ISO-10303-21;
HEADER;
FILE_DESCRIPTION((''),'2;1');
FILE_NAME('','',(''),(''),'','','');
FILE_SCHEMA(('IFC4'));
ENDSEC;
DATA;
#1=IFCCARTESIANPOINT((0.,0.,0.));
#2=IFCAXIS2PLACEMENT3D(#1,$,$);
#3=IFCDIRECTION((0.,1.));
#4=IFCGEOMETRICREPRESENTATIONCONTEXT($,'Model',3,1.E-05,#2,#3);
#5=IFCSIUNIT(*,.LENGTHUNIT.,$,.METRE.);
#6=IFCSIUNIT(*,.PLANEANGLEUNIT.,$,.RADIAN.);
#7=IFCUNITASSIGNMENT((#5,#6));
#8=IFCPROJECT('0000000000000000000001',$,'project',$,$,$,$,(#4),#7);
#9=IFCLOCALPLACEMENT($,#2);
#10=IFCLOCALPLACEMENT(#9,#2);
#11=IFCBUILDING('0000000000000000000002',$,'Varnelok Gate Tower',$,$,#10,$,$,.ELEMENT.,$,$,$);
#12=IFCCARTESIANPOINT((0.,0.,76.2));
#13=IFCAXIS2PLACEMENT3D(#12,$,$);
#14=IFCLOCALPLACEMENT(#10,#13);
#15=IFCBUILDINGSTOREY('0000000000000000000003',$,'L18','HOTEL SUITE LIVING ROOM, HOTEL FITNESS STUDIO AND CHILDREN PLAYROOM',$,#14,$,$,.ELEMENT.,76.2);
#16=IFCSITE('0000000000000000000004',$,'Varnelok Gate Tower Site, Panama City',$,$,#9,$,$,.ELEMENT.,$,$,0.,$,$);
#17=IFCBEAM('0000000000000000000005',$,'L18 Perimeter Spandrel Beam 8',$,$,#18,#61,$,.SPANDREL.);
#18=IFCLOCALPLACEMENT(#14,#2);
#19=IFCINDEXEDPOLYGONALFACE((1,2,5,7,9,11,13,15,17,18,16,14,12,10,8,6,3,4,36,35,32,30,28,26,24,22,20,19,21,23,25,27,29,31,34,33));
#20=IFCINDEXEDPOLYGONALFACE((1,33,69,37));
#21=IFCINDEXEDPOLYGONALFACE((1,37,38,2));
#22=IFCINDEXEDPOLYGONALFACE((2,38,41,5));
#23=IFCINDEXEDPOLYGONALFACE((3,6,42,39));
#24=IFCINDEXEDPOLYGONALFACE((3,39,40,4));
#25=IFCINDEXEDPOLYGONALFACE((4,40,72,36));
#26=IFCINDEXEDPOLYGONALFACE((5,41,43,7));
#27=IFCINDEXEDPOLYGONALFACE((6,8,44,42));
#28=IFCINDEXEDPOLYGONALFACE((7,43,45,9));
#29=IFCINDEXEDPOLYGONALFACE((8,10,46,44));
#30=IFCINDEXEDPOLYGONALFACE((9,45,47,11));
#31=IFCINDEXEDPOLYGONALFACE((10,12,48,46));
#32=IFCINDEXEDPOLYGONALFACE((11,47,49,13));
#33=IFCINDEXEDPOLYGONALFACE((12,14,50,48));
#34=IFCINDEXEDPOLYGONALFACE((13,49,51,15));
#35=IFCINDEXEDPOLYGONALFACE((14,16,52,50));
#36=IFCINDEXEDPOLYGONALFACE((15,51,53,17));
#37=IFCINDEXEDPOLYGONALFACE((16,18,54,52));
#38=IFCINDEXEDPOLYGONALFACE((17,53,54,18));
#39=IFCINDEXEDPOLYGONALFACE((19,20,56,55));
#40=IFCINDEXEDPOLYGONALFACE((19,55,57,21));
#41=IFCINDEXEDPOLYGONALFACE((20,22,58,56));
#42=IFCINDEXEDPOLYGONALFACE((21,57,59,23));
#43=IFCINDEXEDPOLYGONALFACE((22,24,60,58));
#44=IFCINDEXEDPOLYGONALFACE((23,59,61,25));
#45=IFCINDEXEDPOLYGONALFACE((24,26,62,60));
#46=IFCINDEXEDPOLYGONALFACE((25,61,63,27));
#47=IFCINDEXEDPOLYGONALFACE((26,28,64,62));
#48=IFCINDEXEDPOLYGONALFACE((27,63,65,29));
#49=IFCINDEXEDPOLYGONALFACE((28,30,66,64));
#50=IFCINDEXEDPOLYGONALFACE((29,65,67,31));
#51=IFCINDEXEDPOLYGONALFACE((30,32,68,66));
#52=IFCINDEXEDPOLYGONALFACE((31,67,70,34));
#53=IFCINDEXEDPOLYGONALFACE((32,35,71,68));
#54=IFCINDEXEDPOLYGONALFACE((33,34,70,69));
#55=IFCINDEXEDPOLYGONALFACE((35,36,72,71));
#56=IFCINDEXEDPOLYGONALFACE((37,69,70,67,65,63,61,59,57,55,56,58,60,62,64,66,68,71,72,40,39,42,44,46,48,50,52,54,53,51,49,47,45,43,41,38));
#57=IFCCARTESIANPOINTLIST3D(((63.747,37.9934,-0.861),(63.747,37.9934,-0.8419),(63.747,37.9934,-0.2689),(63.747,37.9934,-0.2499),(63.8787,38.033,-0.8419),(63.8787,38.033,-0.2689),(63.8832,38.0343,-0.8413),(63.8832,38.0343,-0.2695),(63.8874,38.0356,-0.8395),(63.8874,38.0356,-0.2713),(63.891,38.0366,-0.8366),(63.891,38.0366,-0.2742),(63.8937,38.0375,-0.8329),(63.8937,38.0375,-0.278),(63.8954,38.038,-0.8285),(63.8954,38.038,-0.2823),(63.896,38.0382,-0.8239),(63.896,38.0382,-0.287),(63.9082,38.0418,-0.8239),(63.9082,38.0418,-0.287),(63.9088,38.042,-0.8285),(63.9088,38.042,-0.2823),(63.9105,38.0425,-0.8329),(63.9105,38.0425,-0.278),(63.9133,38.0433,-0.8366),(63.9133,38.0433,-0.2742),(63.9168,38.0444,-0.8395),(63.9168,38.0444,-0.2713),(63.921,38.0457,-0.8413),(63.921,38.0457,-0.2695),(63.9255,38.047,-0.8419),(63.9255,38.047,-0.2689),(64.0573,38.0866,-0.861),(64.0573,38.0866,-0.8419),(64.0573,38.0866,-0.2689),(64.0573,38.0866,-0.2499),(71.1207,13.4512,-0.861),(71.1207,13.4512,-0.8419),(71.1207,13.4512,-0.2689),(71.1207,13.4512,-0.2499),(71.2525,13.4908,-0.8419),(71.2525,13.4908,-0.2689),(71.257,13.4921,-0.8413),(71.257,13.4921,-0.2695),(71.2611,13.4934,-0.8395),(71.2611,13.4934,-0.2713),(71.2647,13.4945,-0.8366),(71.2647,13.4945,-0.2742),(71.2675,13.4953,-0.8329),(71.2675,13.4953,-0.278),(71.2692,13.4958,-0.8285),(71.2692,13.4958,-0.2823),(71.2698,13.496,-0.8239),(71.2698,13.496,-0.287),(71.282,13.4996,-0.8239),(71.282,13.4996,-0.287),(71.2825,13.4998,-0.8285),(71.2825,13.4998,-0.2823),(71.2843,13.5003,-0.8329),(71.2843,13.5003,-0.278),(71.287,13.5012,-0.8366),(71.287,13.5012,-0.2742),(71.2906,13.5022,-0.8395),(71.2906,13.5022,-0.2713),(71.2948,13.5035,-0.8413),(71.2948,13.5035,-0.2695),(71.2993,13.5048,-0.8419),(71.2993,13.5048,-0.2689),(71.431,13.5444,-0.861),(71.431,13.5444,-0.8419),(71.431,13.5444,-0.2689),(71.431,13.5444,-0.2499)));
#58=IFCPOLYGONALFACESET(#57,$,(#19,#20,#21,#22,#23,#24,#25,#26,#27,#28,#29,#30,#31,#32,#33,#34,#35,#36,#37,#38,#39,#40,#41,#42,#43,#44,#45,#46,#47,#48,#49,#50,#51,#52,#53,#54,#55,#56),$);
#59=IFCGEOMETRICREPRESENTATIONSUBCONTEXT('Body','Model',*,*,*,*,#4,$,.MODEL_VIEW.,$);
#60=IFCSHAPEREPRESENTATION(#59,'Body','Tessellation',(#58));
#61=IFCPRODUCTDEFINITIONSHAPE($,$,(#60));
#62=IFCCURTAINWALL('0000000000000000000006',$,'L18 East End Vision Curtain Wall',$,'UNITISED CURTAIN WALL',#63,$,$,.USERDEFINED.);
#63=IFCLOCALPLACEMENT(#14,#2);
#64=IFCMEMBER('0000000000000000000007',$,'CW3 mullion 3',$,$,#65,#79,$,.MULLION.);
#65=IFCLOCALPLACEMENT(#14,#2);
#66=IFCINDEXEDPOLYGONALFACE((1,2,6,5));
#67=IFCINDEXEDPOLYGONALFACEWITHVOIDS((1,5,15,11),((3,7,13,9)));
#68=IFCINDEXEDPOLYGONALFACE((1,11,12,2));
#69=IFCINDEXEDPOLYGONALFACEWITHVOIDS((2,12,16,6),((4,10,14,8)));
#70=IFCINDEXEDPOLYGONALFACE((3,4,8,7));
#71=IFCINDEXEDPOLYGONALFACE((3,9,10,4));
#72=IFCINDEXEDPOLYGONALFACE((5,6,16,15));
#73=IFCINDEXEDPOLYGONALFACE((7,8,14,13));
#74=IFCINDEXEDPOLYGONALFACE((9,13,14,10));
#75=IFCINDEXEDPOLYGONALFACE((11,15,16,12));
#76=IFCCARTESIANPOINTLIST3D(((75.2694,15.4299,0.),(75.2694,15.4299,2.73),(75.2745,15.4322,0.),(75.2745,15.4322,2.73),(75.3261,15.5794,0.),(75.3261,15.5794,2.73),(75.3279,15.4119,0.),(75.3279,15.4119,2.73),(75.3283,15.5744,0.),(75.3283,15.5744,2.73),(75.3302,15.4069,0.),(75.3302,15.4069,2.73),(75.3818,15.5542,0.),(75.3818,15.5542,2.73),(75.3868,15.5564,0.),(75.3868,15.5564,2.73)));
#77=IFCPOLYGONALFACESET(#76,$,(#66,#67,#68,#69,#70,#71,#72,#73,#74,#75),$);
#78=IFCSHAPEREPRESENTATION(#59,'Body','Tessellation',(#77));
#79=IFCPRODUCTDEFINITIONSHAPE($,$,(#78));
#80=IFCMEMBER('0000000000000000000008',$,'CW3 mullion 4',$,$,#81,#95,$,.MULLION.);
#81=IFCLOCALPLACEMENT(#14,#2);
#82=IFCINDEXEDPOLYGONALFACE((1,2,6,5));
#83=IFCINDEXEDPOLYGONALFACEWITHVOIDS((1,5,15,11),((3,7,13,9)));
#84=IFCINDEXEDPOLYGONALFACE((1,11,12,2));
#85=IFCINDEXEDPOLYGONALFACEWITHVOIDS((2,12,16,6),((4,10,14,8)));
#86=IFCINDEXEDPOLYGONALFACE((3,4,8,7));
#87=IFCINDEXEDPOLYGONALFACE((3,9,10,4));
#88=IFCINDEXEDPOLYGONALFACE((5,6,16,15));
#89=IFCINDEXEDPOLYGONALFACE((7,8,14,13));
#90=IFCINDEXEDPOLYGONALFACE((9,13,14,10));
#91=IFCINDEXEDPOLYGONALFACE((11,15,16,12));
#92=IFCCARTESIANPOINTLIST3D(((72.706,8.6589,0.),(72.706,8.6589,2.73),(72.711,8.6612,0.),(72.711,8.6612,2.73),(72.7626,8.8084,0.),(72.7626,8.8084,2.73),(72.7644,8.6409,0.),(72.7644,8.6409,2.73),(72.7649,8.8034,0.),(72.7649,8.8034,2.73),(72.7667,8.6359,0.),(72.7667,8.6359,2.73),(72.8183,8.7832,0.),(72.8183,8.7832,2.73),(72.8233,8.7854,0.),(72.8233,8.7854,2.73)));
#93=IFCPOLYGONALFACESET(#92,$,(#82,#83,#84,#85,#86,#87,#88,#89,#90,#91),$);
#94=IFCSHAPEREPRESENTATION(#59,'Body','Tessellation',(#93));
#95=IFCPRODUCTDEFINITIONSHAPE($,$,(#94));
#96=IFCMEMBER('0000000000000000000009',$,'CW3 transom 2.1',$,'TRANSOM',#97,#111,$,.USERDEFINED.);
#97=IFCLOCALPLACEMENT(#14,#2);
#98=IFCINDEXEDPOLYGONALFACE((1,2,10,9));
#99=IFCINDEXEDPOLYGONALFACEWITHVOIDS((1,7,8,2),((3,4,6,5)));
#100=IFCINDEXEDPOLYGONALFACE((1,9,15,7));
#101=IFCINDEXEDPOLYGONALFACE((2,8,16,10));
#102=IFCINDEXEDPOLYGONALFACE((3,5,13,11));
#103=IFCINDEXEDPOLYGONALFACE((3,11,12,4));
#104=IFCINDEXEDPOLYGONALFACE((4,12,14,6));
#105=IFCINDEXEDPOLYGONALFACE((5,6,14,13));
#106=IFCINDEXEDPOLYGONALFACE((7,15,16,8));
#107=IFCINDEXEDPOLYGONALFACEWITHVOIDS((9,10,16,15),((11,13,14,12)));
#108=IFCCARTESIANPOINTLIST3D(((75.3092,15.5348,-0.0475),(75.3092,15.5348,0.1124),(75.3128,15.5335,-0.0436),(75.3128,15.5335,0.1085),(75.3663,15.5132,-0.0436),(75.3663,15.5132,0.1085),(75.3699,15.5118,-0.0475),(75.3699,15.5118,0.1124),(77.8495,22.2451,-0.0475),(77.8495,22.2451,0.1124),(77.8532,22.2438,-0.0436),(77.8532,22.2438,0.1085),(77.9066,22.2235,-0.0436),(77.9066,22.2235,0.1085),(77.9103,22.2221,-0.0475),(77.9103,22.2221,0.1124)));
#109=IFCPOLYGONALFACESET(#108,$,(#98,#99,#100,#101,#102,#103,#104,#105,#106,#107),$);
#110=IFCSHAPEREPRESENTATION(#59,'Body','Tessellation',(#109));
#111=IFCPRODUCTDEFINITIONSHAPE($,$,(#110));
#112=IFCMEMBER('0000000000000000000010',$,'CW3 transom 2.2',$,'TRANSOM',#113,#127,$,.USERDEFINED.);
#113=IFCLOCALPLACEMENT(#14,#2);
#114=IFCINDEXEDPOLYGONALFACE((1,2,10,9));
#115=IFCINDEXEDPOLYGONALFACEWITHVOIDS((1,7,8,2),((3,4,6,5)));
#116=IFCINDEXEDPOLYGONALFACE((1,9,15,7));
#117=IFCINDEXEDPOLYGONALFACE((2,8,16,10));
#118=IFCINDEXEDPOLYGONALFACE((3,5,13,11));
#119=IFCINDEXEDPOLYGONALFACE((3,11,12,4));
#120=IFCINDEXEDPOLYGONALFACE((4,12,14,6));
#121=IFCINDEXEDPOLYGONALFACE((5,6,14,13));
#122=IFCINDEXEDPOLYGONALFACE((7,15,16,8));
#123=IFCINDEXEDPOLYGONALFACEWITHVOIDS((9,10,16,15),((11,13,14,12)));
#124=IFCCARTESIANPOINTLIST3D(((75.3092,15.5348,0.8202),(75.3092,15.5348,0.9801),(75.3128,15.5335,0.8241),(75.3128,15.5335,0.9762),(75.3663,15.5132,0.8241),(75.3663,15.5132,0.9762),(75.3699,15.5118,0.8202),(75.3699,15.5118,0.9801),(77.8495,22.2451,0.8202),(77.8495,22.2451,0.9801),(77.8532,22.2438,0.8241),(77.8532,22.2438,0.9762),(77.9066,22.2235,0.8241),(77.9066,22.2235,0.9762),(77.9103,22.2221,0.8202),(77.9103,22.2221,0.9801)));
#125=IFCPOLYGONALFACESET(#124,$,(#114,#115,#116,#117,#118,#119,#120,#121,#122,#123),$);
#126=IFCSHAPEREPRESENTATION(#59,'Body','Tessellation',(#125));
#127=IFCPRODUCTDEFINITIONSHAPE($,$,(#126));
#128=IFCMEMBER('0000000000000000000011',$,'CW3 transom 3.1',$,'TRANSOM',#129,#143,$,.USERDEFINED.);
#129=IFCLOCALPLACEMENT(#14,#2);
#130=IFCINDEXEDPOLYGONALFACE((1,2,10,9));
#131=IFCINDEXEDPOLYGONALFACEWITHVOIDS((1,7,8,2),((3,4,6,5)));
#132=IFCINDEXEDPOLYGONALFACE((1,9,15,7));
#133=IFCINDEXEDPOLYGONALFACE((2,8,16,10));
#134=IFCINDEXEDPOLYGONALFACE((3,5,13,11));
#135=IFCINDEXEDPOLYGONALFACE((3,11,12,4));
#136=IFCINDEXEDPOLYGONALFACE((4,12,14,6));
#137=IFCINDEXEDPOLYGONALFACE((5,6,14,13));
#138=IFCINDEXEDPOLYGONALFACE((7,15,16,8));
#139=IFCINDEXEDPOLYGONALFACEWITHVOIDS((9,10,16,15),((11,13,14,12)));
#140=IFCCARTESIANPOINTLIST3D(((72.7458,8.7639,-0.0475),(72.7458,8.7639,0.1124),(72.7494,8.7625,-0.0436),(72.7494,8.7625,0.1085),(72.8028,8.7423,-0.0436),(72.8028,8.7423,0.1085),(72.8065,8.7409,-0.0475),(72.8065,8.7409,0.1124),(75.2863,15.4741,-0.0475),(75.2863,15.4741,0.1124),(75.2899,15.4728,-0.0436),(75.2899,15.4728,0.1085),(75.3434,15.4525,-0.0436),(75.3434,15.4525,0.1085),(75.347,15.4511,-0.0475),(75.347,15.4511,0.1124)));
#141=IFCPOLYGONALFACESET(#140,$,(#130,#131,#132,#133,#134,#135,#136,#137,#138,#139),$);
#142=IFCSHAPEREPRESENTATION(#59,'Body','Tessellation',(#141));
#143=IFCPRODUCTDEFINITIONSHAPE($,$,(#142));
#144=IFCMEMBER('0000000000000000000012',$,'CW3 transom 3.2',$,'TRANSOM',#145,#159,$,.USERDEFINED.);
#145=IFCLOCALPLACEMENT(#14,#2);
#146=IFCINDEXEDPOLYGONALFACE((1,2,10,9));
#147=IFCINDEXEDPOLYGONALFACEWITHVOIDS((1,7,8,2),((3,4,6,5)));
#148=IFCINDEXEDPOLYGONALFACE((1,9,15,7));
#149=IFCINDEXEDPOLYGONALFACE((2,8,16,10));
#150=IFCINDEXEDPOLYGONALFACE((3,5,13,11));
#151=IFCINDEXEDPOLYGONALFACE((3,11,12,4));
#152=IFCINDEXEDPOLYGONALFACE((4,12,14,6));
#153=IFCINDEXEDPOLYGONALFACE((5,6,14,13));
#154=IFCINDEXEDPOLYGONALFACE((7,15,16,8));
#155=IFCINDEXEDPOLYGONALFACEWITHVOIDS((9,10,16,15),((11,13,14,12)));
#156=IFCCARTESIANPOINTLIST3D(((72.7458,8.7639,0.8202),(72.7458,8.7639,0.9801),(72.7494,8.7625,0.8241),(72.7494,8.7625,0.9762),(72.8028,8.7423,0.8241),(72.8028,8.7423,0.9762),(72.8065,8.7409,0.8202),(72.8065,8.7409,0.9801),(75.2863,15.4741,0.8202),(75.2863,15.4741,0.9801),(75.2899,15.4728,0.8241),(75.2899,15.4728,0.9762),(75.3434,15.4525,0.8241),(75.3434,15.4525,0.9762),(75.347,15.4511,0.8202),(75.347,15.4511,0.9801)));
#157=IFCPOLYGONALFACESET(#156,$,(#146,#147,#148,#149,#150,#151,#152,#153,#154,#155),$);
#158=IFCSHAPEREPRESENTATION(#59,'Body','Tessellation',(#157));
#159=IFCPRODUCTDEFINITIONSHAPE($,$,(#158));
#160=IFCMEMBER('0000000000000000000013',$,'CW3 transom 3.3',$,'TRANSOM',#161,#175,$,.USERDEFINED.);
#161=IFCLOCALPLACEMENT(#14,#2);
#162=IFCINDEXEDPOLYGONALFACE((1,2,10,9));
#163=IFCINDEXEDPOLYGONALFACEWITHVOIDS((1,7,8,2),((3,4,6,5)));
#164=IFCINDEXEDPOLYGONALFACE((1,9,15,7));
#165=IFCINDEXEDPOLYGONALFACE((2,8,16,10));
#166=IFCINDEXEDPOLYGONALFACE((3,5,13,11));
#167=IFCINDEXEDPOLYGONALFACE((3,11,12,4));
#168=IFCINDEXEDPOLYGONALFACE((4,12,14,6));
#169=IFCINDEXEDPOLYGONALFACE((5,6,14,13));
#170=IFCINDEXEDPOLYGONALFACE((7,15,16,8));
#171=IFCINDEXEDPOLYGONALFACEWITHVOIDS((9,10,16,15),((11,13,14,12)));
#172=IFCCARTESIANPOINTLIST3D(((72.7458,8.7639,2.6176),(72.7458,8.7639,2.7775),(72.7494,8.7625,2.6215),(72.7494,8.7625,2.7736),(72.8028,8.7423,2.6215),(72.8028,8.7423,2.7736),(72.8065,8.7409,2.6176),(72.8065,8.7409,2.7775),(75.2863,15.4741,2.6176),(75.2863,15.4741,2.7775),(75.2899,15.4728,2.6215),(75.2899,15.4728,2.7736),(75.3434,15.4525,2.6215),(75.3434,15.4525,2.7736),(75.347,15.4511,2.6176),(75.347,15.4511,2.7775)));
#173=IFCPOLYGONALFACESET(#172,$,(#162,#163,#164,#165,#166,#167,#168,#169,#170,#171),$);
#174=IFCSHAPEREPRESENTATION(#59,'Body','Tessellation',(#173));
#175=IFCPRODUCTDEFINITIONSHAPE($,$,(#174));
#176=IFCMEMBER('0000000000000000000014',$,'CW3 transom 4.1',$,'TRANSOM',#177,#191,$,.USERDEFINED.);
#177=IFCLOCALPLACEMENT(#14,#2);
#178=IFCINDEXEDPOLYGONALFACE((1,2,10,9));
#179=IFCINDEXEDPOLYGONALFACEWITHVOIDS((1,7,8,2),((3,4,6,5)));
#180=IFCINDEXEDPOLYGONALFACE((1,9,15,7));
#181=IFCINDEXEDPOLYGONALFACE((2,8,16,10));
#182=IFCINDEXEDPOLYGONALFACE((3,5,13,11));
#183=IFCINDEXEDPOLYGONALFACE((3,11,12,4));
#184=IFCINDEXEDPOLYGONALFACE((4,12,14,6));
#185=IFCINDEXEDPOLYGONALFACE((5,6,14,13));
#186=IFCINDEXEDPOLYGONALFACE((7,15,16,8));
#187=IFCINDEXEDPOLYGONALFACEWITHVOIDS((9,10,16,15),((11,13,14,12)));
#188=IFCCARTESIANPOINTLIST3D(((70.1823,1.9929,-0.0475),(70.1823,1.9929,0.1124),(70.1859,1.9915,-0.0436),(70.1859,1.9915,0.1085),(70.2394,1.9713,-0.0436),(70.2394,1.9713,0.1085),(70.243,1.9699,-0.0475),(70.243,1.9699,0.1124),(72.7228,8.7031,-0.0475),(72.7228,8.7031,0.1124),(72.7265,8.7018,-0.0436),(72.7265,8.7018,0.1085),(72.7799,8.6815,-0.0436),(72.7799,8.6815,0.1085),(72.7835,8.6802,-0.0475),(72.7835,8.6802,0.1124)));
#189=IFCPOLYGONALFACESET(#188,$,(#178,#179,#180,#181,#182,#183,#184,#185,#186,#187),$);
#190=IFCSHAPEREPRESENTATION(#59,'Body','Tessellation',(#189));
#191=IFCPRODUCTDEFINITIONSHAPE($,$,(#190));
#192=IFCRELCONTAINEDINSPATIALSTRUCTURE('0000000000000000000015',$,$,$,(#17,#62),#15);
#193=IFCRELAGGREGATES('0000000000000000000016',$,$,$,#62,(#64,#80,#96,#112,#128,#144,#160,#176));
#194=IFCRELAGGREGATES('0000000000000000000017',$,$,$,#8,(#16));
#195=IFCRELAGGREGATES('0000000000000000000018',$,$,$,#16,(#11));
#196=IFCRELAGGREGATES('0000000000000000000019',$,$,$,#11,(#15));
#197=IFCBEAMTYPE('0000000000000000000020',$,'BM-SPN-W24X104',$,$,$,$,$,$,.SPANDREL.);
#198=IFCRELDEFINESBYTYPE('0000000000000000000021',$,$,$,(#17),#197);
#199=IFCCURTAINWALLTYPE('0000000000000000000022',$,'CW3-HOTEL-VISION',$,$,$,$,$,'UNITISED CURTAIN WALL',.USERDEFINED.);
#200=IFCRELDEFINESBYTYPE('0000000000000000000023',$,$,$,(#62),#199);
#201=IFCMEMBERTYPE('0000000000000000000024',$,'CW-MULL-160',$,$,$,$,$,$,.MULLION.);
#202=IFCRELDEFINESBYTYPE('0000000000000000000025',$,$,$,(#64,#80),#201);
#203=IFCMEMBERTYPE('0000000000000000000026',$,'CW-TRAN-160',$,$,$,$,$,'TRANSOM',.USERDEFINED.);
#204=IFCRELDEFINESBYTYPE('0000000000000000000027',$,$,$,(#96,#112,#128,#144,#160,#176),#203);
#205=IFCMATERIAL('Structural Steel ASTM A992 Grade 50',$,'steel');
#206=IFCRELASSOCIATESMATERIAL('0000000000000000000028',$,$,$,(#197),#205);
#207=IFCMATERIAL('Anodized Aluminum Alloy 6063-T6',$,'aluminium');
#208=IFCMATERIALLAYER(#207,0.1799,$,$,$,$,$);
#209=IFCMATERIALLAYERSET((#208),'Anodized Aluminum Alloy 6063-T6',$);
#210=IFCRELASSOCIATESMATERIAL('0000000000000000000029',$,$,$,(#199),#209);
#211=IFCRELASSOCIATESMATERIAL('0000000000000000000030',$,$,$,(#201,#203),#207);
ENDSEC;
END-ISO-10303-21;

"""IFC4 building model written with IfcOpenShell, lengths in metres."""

from ifc_helpers import new_model, si_unit, direction, frame, origin, origin_2d, place, context, subcontext, project, spatial, hollow_rectangle, i_section, extrude, material, layer, layer_set, material_profile, profile_set, type_object, element, aggregate, save


model = new_model("IFC4")

# Units and contexts
model_context = context("Model", 3, precision=1e-05, world=origin(), true_north=direction((0.0, 1.0)))
body_context = subcontext(model_context, "Body", "Model", "MODEL_VIEW")
ifc_project = project(units=[si_unit("LENGTHUNIT", "METRE"), si_unit("PLANEANGLEUNIT", "RADIAN")], contexts=[model_context])

# Site, building, storey
site_placement = place(None, origin())
site = spatial("IfcSite", under=ifc_project, at=site_placement, Name="Varnelok Gate Tower Site, Panama City", CompositionType="ELEMENT", RefElevation=0.0)
building_placement = place(site_placement, origin())
building = spatial("IfcBuilding", under=site, at=building_placement, Name="Varnelok Gate Tower", CompositionType="ELEMENT")
storey_placement = place(building_placement, frame((0.0, 0.0, 76.2)))
storey = spatial("IfcBuildingStorey", under=building, at=storey_placement, Name="L18", Description="HOTEL SUITE LIVING ROOM, HOTEL FITNESS STUDIO AND CHILDREN PLAYROOM", CompositionType="ELEMENT", Elevation=76.2)

# Shared definitions
ifc_material_1 = material(Name="Structural Steel ASTM A992 Grade 50", Category="steel")

# Beam
ifc_material_profile_1 = material_profile(ifc_material_1, i_section(OverallWidth=0.324, OverallDepth=0.6111, WebThickness=0.0127, FlangeThickness=0.019, FilletRadius=0.0181, at=origin_2d()), Name="W24X104")
ifc_profile_set_1 = profile_set([ifc_material_profile_1], Name="Structural Steel ASTM A992 Grade 50")
beam_type_1 = type_object("IfcBeamType", Name="BM-SPN-W24X104", PredefinedType="SPANDREL", material=ifc_profile_set_1)
beam_1_placement = place(storey_placement, frame((71.2759, 13.4978, -0.5554), z_axis=(-0.287746, 0.957707, 0.0), x_axis=(-0.957707, -0.287746, 0.0)))
element("IfcBeam", 1, at=beam_1_placement, inside=storey, type_object=beam_type_1, Name="L18 Perimeter Spandrel Beam 8", PredefinedType="SPANDREL", context=body_context, shape_type="SweptSolid", body=[
    extrude(i_section(OverallWidth=0.324, OverallDepth=0.6111, WebThickness=0.0127, FlangeThickness=0.019, FilletRadius=0.0181, at=origin_2d()), origin(), (0.0, 0.0, 1.0), 25.626),
])

# Curtain wall, members
ifc_material_2 = material(Name="Anodized Aluminum Alloy 6063-T6", Category="aluminium")
ifc_layer_1 = layer(ifc_material_2, 0.1799)
ifc_layer_set_1 = layer_set([ifc_layer_1], Name="Anodized Aluminum Alloy 6063-T6")
curtain_wall_type = type_object("IfcCurtainWallType", Name="CW3-HOTEL-VISION", ElementType="UNITISED CURTAIN WALL", PredefinedType="USERDEFINED", material=ifc_layer_set_1)
curtain_wall_placement = place(storey_placement, origin())
curtain_wall = element("IfcCurtainWall", 2, at=curtain_wall_placement, inside=storey, type_object=curtain_wall_type, Name="L18 East End Vision Curtain Wall", ObjectType="UNITISED CURTAIN WALL", PredefinedType="USERDEFINED")
ifc_material_profile_2 = material_profile(ifc_material_2, hollow_rectangle(XDim=0.0649, YDim=0.1599, WallThickness=0.0039, at=origin_2d()), Name="ALU160X65X4")
ifc_profile_set_2 = profile_set([ifc_material_profile_2], Name="Anodized Aluminum Alloy 6063-T6")
member_type_1 = type_object("IfcMemberType", Name="CW-MULL-160", PredefinedType="MULLION", material=ifc_profile_set_2)
member_1_placement = place(storey_placement, frame((75.3281, 15.4932, 0.0), z_axis=(0.0, 0.0, 1.0), x_axis=(0.935221, -0.354064, 0.0)))
member_1 = element("IfcMember", 3, at=member_1_placement, type_object=member_type_1, Name="CW3 mullion 3", PredefinedType="MULLION", context=body_context, shape_type="SweptSolid", body=[
    extrude(hollow_rectangle(XDim=0.0649, YDim=0.1599, WallThickness=0.0039, at=origin_2d()), origin(), (0.0, 0.0, 1.0), 2.73),
])
member_2_placement = place(storey_placement, frame((72.7646, 8.7222, 0.0), z_axis=(0.0, 0.0, 1.0), x_axis=(0.935221, -0.354064, 0.0)))
member_2 = element("IfcMember", 4, at=member_2_placement, type_object=member_type_1, Name="CW3 mullion 4", PredefinedType="MULLION", context=body_context, shape_type="SweptSolid", body=[
    extrude(hollow_rectangle(XDim=0.0649, YDim=0.1599, WallThickness=0.0039, at=origin_2d()), origin(), (0.0, 0.0, 1.0), 2.73),
])
ifc_material_profile_3 = material_profile(ifc_material_2, hollow_rectangle(XDim=0.0649, YDim=0.1599, WallThickness=0.0039, at=origin_2d()), Name="ALU160X65X4")
ifc_profile_set_3 = profile_set([ifc_material_profile_3], Name="Anodized Aluminum Alloy 6063-T6")
member_type_2 = type_object("IfcMemberType", Name="CW-TRAN-160", ElementType="TRANSOM", PredefinedType="USERDEFINED", material=ifc_profile_set_3)
member_3_placement = place(storey_placement, frame((77.8799, 22.2336, 0.0325), z_axis=(-0.354049, -0.935227, 0.0), x_axis=(0.935227, -0.354049, 0.0)))
member_3 = element("IfcMember", 5, at=member_3_placement, type_object=member_type_2, Name="CW3 transom 2.1", ObjectType="TRANSOM", PredefinedType="USERDEFINED", context=body_context, shape_type="SweptSolid", body=[
    extrude(hollow_rectangle(XDim=0.0649, YDim=0.1599, WallThickness=0.0039, at=origin_2d()), origin(), (0.0, 0.0, 1.0), 7.175),
])
member_4_placement = place(storey_placement, frame((77.8799, 22.2336, 0.9001), z_axis=(-0.354049, -0.935227, 0.0), x_axis=(0.935227, -0.354049, 0.0)))
member_4 = element("IfcMember", 6, at=member_4_placement, type_object=member_type_2, Name="CW3 transom 2.2", ObjectType="TRANSOM", PredefinedType="USERDEFINED", context=body_context, shape_type="SweptSolid", body=[
    extrude(hollow_rectangle(XDim=0.0649, YDim=0.1599, WallThickness=0.0039, at=origin_2d()), origin(), (0.0, 0.0, 1.0), 7.175),
])
member_5_placement = place(storey_placement, frame((75.3167, 15.4626, 0.0325), z_axis=(-0.354079, -0.935216, 0.0), x_axis=(0.935216, -0.354079, 0.0)))
member_5 = element("IfcMember", 7, at=member_5_placement, type_object=member_type_2, Name="CW3 transom 3.1", ObjectType="TRANSOM", PredefinedType="USERDEFINED", context=body_context, shape_type="SweptSolid", body=[
    extrude(hollow_rectangle(XDim=0.0649, YDim=0.1599, WallThickness=0.0039, at=origin_2d()), origin(), (0.0, 0.0, 1.0), 7.175),
])
member_6_placement = place(storey_placement, frame((75.3167, 15.4626, 0.9001), z_axis=(-0.354079, -0.935216, 0.0), x_axis=(0.935216, -0.354079, 0.0)))
member_6 = element("IfcMember", 8, at=member_6_placement, type_object=member_type_2, Name="CW3 transom 3.2", ObjectType="TRANSOM", PredefinedType="USERDEFINED", context=body_context, shape_type="SweptSolid", body=[
    extrude(hollow_rectangle(XDim=0.0649, YDim=0.1599, WallThickness=0.0039, at=origin_2d()), origin(), (0.0, 0.0, 1.0), 7.175),
])
member_7_placement = place(storey_placement, frame((75.3167, 15.4626, 2.6975), z_axis=(-0.354079, -0.935216, 0.0), x_axis=(0.935216, -0.354079, 0.0)))
member_7 = element("IfcMember", 9, at=member_7_placement, type_object=member_type_2, Name="CW3 transom 3.3", ObjectType="TRANSOM", PredefinedType="USERDEFINED", context=body_context, shape_type="SweptSolid", body=[
    extrude(hollow_rectangle(XDim=0.0649, YDim=0.1599, WallThickness=0.0039, at=origin_2d()), origin(), (0.0, 0.0, 1.0), 7.175),
])
member_8_placement = place(storey_placement, frame((72.7532, 8.6917, 0.0325), z_axis=(-0.354079, -0.935216, 0.0), x_axis=(0.935216, -0.354079, 0.0)))
member_8 = element("IfcMember", 10, at=member_8_placement, type_object=member_type_2, Name="CW3 transom 4.1", ObjectType="TRANSOM", PredefinedType="USERDEFINED", context=body_context, shape_type="SweptSolid", body=[
    extrude(hollow_rectangle(XDim=0.0649, YDim=0.1599, WallThickness=0.0039, at=origin_2d()), origin(), (0.0, 0.0, 1.0), 7.175),
])
aggregate(curtain_wall, [member_1, member_2, member_3, member_4, member_5, member_6, member_7, member_8])

save(model, "model.ifc")
